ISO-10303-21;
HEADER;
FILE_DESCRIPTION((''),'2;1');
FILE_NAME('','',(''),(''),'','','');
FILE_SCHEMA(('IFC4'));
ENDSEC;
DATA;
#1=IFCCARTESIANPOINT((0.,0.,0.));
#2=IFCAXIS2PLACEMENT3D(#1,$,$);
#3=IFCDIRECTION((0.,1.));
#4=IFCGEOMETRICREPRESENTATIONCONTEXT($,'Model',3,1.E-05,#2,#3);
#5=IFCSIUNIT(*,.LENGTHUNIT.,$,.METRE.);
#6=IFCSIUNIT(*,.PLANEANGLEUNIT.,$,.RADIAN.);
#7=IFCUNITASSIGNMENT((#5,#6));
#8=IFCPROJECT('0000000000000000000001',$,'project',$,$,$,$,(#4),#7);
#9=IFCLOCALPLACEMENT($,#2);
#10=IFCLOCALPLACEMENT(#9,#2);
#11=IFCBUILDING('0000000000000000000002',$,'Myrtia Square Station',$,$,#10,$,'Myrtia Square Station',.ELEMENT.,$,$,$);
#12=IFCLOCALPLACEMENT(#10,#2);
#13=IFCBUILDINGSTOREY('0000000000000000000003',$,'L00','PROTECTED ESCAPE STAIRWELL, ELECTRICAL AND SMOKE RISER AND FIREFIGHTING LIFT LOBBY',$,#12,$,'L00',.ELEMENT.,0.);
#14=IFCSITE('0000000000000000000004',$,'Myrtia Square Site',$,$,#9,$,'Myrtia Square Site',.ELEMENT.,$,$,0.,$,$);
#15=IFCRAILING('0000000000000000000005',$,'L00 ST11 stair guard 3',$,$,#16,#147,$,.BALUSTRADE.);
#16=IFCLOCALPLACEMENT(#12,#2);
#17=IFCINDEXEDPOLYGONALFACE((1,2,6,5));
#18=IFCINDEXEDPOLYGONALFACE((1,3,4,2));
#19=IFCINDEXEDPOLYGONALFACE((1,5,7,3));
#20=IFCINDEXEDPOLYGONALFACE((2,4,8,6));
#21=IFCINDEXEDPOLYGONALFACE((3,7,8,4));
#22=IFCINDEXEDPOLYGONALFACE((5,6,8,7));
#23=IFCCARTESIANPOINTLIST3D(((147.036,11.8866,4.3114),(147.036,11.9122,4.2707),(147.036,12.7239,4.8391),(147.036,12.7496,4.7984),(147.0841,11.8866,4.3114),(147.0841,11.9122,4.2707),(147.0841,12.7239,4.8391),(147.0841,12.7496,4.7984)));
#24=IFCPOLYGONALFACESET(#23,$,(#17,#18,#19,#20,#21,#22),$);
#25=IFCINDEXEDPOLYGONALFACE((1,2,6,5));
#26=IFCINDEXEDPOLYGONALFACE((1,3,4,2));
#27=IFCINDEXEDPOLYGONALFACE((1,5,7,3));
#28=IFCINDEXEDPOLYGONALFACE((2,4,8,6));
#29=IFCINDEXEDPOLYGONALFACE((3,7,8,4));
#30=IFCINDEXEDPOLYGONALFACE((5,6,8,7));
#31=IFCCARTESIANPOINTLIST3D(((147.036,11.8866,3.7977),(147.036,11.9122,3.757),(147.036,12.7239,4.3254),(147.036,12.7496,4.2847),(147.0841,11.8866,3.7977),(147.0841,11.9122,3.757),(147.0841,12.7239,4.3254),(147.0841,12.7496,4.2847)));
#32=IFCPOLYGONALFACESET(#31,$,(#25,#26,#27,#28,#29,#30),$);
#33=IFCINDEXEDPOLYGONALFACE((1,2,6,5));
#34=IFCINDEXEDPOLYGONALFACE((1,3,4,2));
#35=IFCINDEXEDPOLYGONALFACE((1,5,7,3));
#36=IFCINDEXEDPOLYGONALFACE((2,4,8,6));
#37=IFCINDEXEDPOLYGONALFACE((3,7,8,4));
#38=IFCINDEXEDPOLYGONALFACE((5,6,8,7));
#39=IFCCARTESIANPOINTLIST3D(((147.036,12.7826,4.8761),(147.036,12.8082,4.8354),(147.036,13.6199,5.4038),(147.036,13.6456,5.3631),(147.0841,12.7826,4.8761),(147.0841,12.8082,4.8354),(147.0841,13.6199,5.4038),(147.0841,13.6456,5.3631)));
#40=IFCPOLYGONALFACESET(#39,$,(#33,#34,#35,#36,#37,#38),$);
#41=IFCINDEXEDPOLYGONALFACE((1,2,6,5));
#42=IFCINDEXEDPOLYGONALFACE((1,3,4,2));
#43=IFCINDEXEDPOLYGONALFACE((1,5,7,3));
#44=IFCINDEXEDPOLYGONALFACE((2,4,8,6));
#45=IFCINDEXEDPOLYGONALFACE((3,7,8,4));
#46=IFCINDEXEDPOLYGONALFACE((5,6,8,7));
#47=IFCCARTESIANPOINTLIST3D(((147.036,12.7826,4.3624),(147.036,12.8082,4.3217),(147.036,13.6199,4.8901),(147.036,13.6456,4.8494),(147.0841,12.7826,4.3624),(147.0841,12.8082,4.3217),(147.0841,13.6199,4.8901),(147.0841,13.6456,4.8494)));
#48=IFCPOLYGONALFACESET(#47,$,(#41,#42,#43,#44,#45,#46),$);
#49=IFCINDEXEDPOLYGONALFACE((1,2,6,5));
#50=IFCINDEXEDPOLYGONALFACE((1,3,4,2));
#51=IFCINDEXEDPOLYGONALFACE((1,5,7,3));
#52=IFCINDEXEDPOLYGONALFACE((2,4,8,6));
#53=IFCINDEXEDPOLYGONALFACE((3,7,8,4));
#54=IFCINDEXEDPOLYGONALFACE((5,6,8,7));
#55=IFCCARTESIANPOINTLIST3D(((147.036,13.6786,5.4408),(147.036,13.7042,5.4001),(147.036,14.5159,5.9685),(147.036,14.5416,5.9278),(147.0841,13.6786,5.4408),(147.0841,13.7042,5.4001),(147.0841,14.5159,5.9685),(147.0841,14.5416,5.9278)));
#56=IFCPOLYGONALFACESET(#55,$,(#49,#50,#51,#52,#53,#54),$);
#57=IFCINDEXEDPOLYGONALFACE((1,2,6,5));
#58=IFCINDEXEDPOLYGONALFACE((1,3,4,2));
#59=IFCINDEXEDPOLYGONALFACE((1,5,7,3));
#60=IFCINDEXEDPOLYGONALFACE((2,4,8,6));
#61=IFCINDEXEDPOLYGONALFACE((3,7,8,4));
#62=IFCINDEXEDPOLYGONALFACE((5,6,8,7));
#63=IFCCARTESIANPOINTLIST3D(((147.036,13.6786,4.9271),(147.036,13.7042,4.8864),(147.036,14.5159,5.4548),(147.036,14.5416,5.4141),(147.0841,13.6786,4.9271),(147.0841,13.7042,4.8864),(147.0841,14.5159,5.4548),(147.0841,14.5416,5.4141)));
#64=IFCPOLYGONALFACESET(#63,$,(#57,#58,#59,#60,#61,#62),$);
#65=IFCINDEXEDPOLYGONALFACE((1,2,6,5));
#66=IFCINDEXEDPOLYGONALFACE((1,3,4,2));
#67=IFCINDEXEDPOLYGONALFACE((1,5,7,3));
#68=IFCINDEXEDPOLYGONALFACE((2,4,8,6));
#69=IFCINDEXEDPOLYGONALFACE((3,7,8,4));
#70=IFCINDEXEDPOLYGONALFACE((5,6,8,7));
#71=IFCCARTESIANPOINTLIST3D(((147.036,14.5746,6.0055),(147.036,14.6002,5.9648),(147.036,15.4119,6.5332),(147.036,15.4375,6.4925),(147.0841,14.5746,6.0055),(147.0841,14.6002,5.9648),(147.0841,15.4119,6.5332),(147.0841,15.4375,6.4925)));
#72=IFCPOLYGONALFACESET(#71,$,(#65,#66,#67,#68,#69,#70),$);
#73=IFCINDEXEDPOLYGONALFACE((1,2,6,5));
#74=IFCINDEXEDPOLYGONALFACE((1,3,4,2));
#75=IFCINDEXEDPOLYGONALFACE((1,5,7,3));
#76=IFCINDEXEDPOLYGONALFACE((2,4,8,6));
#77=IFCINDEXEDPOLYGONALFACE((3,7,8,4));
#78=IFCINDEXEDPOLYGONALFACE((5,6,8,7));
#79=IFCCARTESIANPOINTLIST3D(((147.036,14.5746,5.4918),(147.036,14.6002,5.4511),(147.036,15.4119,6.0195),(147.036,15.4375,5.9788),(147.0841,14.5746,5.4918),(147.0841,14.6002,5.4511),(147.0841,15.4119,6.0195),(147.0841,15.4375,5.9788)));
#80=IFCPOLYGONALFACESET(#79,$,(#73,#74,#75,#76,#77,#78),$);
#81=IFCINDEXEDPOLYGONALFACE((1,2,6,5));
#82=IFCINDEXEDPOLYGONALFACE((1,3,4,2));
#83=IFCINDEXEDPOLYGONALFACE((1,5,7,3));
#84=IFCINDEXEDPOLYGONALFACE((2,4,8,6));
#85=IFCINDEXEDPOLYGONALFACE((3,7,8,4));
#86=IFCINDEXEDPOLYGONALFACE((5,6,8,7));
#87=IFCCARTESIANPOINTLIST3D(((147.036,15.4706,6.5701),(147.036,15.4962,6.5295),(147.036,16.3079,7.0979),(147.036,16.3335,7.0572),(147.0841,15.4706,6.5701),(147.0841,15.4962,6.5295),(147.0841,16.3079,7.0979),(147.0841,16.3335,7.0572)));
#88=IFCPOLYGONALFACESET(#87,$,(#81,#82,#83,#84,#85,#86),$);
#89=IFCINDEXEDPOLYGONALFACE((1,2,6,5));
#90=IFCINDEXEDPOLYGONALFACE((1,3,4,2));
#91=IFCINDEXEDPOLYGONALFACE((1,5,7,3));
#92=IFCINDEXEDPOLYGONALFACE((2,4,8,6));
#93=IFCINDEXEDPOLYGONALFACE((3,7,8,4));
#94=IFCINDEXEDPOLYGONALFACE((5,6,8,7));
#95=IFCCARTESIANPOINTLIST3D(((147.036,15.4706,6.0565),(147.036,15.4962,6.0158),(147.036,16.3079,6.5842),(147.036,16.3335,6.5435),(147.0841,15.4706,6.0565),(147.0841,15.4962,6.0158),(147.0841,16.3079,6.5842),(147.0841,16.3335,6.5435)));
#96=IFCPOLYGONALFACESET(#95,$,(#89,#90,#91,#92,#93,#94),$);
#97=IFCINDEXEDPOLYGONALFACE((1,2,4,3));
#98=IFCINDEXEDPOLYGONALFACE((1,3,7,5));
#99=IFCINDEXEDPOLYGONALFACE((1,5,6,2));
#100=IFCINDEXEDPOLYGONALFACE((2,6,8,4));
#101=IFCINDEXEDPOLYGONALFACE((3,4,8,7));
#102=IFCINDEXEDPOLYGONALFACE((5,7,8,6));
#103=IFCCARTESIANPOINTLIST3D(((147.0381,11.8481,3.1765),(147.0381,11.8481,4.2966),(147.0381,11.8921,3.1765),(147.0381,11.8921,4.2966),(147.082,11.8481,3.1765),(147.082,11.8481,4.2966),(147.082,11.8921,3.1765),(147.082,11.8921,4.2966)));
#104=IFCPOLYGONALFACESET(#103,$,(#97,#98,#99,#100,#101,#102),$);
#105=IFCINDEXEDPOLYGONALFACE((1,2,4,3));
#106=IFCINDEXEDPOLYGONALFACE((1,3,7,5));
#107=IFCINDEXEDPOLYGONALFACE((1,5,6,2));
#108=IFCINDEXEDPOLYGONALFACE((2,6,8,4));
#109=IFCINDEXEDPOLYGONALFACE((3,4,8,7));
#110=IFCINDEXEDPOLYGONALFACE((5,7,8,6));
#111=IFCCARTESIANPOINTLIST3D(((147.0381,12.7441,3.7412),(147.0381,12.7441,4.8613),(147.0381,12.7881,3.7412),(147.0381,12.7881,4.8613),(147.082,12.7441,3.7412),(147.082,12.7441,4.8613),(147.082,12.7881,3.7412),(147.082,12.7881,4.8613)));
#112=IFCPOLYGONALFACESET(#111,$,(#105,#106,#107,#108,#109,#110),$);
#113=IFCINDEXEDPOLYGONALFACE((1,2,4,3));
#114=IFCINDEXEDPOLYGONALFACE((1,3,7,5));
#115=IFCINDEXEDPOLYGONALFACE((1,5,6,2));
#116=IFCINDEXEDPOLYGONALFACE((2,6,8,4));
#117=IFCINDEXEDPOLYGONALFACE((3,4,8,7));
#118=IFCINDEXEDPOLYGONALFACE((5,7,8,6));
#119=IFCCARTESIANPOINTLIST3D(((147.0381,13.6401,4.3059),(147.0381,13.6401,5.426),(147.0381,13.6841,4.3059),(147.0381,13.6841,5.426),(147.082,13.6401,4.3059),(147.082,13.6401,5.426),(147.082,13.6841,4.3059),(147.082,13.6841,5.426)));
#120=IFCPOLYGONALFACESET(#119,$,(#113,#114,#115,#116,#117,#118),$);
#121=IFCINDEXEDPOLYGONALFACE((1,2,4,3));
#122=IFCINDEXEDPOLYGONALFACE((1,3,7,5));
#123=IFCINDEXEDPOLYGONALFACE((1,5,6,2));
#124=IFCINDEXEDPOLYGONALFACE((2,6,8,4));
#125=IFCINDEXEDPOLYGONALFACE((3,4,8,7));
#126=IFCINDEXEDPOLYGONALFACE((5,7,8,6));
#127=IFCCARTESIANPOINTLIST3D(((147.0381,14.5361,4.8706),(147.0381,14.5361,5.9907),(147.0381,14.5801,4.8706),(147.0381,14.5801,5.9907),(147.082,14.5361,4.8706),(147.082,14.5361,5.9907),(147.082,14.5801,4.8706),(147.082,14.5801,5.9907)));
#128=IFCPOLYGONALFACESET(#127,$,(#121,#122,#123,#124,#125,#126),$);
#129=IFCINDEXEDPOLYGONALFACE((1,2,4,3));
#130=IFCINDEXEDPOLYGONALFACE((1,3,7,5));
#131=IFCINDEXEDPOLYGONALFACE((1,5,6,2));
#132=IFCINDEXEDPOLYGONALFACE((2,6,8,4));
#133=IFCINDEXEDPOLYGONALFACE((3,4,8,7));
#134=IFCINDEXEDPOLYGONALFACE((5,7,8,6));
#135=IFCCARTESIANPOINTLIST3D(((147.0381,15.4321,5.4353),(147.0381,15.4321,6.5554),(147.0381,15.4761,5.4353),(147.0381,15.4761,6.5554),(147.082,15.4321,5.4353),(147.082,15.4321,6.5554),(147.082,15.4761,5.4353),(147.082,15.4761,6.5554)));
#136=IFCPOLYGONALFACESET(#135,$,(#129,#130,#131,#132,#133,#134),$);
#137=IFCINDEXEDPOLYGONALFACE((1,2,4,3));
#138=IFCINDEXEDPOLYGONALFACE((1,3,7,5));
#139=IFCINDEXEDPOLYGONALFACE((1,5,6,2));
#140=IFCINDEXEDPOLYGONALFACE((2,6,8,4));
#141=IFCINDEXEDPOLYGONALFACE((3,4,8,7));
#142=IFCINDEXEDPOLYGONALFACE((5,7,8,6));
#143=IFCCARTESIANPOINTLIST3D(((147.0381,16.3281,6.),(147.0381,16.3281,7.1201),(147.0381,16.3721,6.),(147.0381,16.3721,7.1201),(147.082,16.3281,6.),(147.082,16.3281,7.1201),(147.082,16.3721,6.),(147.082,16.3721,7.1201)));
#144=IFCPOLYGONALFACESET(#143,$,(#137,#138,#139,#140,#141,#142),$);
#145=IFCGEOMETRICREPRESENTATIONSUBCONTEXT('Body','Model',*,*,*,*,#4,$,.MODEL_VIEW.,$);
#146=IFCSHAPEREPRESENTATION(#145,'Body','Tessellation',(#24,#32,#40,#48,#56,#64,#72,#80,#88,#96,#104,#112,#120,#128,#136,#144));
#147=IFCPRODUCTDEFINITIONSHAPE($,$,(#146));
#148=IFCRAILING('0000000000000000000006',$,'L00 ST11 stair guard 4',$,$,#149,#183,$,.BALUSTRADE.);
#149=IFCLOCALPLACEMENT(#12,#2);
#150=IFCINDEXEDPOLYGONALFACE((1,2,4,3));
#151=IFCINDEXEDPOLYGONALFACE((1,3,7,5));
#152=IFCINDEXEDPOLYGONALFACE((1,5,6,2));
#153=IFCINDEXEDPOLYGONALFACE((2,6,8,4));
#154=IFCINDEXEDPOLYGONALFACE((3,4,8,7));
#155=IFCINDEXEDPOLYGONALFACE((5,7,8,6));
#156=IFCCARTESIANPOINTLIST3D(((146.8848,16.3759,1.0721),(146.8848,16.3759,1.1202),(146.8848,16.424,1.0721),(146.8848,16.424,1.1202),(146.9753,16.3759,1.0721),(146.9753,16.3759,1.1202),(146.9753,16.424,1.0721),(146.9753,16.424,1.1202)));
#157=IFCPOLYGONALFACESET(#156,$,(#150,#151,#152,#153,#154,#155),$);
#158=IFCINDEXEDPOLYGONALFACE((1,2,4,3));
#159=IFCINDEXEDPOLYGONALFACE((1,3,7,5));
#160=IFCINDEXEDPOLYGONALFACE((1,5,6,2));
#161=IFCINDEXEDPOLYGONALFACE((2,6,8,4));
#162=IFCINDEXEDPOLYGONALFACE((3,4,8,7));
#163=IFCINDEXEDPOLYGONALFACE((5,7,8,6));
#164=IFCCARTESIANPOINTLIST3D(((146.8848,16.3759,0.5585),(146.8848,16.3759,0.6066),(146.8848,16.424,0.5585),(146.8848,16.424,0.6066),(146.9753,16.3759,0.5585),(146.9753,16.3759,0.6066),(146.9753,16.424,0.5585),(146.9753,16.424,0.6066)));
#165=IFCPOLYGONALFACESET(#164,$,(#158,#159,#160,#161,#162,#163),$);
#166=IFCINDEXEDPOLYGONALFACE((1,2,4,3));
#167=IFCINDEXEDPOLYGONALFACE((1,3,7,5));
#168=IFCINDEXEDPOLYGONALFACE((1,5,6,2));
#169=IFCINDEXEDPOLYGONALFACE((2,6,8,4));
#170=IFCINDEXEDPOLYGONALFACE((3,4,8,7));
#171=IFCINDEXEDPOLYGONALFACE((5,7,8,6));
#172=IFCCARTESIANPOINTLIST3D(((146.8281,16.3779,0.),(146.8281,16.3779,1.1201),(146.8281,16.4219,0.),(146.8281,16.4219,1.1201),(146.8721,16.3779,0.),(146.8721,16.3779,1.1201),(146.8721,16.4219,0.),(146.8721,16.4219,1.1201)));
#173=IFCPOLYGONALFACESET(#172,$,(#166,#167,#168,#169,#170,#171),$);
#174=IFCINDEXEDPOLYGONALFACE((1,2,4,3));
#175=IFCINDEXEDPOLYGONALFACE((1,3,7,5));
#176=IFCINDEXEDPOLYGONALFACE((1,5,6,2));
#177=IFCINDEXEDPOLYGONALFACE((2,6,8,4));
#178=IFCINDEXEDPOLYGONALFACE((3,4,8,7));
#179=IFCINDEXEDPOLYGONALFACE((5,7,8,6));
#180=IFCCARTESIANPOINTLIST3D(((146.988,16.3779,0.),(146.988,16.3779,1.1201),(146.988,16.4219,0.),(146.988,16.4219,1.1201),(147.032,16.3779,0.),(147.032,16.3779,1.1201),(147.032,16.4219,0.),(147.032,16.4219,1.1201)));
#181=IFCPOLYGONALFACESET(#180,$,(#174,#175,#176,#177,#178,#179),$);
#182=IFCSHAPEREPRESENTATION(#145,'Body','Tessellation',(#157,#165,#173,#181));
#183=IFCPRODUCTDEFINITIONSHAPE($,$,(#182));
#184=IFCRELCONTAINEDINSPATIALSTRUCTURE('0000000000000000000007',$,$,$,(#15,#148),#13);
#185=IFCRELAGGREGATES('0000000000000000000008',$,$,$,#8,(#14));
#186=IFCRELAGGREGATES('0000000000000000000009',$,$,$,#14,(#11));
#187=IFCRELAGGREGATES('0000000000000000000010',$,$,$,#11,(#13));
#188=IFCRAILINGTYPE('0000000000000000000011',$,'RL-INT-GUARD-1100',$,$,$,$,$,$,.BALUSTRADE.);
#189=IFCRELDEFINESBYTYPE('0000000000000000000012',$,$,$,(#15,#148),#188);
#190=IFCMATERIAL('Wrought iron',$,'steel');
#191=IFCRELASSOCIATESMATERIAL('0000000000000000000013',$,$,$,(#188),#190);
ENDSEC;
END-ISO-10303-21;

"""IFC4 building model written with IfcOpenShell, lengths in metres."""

from ifc_helpers import new_model, si_unit, direction, frame, origin, origin_2d, place, context, subcontext, project, spatial, rectangle, extrude, material, type_object, element, save


model = new_model("IFC4")

# Units and contexts
model_context = context("Model", 3, precision=1e-05, world=origin(), true_north=direction((0.0, 1.0)))
body_context = subcontext(model_context, "Body", "Model", "MODEL_VIEW")
ifc_project = project(units=[si_unit("LENGTHUNIT", "METRE"), si_unit("PLANEANGLEUNIT", "RADIAN")], contexts=[model_context])

# Site, building, storey
site_placement = place(None, origin())
site = spatial("IfcSite", under=ifc_project, at=site_placement, Name="Myrtia Square Site", LongName="Myrtia Square Site", CompositionType="ELEMENT", RefElevation=0.0)
building_placement = place(site_placement, origin())
building = spatial("IfcBuilding", under=site, at=building_placement, Name="Myrtia Square Station", LongName="Myrtia Square Station", CompositionType="ELEMENT")
storey_placement = place(building_placement, origin())
storey = spatial("IfcBuildingStorey", under=building, at=storey_placement, Name="L00", Description="PROTECTED ESCAPE STAIRWELL, ELECTRICAL AND SMOKE RISER AND FIREFIGHTING LIFT LOBBY", LongName="L00", CompositionType="ELEMENT", Elevation=0.0)

# Railings
ifc_material_1 = material(Name="Wrought iron", Category="steel")
railing_type_1 = type_object("IfcRailingType", Name="RL-INT-GUARD-1100", PredefinedType="BALUSTRADE", material=ifc_material_1)
railing_1_placement = place(storey_placement, frame((147.0601, 11.8701, 3.1765)))
element("IfcRailing", 1, at=railing_1_placement, inside=storey, type_object=railing_type_1, Name="L00 ST11 stair guard 3", PredefinedType="BALUSTRADE", context=body_context, shape_type="SweptSolid", body=[
    extrude(rectangle(XDim=0.0481, YDim=0.0481, at=origin_2d()), frame((0.0, 0.0293, 1.1145), z_axis=(0.0, 0.845998, 0.533186), x_axis=(-1.0, 0.0, 0.0)), (0.0, 0.0, 1.0), 0.9897),
    extrude(rectangle(XDim=0.0481, YDim=0.0481, at=origin_2d()), frame((0.0, 0.0293, 0.6008), z_axis=(0.0, 0.845998, 0.533186), x_axis=(-1.0, 0.0, 0.0)), (0.0, 0.0, 1.0), 0.9897),
    extrude(rectangle(XDim=0.0481, YDim=0.0481, at=origin_2d()), frame((0.0, 0.9253, 1.6792), z_axis=(0.0, 0.845998, 0.533186), x_axis=(-1.0, 0.0, 0.0)), (0.0, 0.0, 1.0), 0.9897),
    extrude(rectangle(XDim=0.0481, YDim=0.0481, at=origin_2d()), frame((0.0, 0.9253, 1.1655), z_axis=(0.0, 0.845998, 0.533186), x_axis=(-1.0, 0.0, 0.0)), (0.0, 0.0, 1.0), 0.9897),
    extrude(rectangle(XDim=0.0481, YDim=0.0481, at=origin_2d()), frame((0.0, 1.8213, 2.2439), z_axis=(0.0, 0.845998, 0.533186), x_axis=(-1.0, 0.0, 0.0)), (0.0, 0.0, 1.0), 0.9897),
    extrude(rectangle(XDim=0.0481, YDim=0.0481, at=origin_2d()), frame((0.0, 1.8213, 1.7302), z_axis=(0.0, 0.845998, 0.533186), x_axis=(-1.0, 0.0, 0.0)), (0.0, 0.0, 1.0), 0.9897),
    extrude(rectangle(XDim=0.0481, YDim=0.0481, at=origin_2d()), frame((0.0, 2.7173, 2.8086), z_axis=(0.0, 0.845998, 0.533186), x_axis=(-1.0, 0.0, 0.0)), (0.0, 0.0, 1.0), 0.9897),
    extrude(rectangle(XDim=0.0481, YDim=0.0481, at=origin_2d()), frame((0.0, 2.7173, 2.2949), z_axis=(0.0, 0.845998, 0.533186), x_axis=(-1.0, 0.0, 0.0)), (0.0, 0.0, 1.0), 0.9897),
    extrude(rectangle(XDim=0.0481, YDim=0.0481, at=origin_2d()), frame((0.0, 3.6133, 3.3733), z_axis=(0.0, 0.845998, 0.533186), x_axis=(-1.0, 0.0, 0.0)), (0.0, 0.0, 1.0), 0.9897),
    extrude(rectangle(XDim=0.0481, YDim=0.0481, at=origin_2d()), frame((0.0, 3.6133, 2.8596), z_axis=(0.0, 0.845998, 0.533186), x_axis=(-1.0, 0.0, 0.0)), (0.0, 0.0, 1.0), 0.9897),
    extrude(rectangle(XDim=0.0439, YDim=0.0439, at=origin_2d()), origin(), (0.0, 0.0, 1.0), 1.1201),
    extrude(rectangle(XDim=0.0439, YDim=0.0439, at=origin_2d()), frame((0.0, 0.896, 0.5647)), (0.0, 0.0, 1.0), 1.1201),
    extrude(rectangle(XDim=0.0439, YDim=0.0439, at=origin_2d()), frame((0.0, 1.792, 1.1294)), (0.0, 0.0, 1.0), 1.1201),
    extrude(rectangle(XDim=0.0439, YDim=0.0439, at=origin_2d()), frame((0.0, 2.688, 1.6941)), (0.0, 0.0, 1.0), 1.1201),
    extrude(rectangle(XDim=0.0439, YDim=0.0439, at=origin_2d()), frame((0.0, 3.584, 2.2588)), (0.0, 0.0, 1.0), 1.1201),
    extrude(rectangle(XDim=0.0439, YDim=0.0439, at=origin_2d()), frame((0.0, 4.48, 2.8235)), (0.0, 0.0, 1.0), 1.1201),
])
railing_2_placement = place(storey_placement, frame((146.8501, 16.3999, 0.0)))
element("IfcRailing", 2, at=railing_2_placement, inside=storey, type_object=railing_type_1, Name="L00 ST11 stair guard 4", PredefinedType="BALUSTRADE", context=body_context, shape_type="SweptSolid", body=[
    extrude(rectangle(XDim=0.0481, YDim=0.0481, at=origin_2d()), frame((0.0347, 0.0, 1.0962), z_axis=(1.0, 0.0, 0.0), x_axis=(0.0, 1.0, 0.0)), (0.0, 0.0, 1.0), 0.0906),
    extrude(rectangle(XDim=0.0481, YDim=0.0481, at=origin_2d()), frame((0.0347, 0.0, 0.5825), z_axis=(1.0, 0.0, 0.0), x_axis=(0.0, 1.0, 0.0)), (0.0, 0.0, 1.0), 0.0906),
    extrude(rectangle(XDim=0.0439, YDim=0.0439, at=origin_2d()), origin(), (0.0, 0.0, 1.0), 1.1201),
    extrude(rectangle(XDim=0.0439, YDim=0.0439, at=origin_2d()), frame((0.1599, 0.0, 0.0)), (0.0, 0.0, 1.0), 1.1201),
])

save(model, "model.ifc")
